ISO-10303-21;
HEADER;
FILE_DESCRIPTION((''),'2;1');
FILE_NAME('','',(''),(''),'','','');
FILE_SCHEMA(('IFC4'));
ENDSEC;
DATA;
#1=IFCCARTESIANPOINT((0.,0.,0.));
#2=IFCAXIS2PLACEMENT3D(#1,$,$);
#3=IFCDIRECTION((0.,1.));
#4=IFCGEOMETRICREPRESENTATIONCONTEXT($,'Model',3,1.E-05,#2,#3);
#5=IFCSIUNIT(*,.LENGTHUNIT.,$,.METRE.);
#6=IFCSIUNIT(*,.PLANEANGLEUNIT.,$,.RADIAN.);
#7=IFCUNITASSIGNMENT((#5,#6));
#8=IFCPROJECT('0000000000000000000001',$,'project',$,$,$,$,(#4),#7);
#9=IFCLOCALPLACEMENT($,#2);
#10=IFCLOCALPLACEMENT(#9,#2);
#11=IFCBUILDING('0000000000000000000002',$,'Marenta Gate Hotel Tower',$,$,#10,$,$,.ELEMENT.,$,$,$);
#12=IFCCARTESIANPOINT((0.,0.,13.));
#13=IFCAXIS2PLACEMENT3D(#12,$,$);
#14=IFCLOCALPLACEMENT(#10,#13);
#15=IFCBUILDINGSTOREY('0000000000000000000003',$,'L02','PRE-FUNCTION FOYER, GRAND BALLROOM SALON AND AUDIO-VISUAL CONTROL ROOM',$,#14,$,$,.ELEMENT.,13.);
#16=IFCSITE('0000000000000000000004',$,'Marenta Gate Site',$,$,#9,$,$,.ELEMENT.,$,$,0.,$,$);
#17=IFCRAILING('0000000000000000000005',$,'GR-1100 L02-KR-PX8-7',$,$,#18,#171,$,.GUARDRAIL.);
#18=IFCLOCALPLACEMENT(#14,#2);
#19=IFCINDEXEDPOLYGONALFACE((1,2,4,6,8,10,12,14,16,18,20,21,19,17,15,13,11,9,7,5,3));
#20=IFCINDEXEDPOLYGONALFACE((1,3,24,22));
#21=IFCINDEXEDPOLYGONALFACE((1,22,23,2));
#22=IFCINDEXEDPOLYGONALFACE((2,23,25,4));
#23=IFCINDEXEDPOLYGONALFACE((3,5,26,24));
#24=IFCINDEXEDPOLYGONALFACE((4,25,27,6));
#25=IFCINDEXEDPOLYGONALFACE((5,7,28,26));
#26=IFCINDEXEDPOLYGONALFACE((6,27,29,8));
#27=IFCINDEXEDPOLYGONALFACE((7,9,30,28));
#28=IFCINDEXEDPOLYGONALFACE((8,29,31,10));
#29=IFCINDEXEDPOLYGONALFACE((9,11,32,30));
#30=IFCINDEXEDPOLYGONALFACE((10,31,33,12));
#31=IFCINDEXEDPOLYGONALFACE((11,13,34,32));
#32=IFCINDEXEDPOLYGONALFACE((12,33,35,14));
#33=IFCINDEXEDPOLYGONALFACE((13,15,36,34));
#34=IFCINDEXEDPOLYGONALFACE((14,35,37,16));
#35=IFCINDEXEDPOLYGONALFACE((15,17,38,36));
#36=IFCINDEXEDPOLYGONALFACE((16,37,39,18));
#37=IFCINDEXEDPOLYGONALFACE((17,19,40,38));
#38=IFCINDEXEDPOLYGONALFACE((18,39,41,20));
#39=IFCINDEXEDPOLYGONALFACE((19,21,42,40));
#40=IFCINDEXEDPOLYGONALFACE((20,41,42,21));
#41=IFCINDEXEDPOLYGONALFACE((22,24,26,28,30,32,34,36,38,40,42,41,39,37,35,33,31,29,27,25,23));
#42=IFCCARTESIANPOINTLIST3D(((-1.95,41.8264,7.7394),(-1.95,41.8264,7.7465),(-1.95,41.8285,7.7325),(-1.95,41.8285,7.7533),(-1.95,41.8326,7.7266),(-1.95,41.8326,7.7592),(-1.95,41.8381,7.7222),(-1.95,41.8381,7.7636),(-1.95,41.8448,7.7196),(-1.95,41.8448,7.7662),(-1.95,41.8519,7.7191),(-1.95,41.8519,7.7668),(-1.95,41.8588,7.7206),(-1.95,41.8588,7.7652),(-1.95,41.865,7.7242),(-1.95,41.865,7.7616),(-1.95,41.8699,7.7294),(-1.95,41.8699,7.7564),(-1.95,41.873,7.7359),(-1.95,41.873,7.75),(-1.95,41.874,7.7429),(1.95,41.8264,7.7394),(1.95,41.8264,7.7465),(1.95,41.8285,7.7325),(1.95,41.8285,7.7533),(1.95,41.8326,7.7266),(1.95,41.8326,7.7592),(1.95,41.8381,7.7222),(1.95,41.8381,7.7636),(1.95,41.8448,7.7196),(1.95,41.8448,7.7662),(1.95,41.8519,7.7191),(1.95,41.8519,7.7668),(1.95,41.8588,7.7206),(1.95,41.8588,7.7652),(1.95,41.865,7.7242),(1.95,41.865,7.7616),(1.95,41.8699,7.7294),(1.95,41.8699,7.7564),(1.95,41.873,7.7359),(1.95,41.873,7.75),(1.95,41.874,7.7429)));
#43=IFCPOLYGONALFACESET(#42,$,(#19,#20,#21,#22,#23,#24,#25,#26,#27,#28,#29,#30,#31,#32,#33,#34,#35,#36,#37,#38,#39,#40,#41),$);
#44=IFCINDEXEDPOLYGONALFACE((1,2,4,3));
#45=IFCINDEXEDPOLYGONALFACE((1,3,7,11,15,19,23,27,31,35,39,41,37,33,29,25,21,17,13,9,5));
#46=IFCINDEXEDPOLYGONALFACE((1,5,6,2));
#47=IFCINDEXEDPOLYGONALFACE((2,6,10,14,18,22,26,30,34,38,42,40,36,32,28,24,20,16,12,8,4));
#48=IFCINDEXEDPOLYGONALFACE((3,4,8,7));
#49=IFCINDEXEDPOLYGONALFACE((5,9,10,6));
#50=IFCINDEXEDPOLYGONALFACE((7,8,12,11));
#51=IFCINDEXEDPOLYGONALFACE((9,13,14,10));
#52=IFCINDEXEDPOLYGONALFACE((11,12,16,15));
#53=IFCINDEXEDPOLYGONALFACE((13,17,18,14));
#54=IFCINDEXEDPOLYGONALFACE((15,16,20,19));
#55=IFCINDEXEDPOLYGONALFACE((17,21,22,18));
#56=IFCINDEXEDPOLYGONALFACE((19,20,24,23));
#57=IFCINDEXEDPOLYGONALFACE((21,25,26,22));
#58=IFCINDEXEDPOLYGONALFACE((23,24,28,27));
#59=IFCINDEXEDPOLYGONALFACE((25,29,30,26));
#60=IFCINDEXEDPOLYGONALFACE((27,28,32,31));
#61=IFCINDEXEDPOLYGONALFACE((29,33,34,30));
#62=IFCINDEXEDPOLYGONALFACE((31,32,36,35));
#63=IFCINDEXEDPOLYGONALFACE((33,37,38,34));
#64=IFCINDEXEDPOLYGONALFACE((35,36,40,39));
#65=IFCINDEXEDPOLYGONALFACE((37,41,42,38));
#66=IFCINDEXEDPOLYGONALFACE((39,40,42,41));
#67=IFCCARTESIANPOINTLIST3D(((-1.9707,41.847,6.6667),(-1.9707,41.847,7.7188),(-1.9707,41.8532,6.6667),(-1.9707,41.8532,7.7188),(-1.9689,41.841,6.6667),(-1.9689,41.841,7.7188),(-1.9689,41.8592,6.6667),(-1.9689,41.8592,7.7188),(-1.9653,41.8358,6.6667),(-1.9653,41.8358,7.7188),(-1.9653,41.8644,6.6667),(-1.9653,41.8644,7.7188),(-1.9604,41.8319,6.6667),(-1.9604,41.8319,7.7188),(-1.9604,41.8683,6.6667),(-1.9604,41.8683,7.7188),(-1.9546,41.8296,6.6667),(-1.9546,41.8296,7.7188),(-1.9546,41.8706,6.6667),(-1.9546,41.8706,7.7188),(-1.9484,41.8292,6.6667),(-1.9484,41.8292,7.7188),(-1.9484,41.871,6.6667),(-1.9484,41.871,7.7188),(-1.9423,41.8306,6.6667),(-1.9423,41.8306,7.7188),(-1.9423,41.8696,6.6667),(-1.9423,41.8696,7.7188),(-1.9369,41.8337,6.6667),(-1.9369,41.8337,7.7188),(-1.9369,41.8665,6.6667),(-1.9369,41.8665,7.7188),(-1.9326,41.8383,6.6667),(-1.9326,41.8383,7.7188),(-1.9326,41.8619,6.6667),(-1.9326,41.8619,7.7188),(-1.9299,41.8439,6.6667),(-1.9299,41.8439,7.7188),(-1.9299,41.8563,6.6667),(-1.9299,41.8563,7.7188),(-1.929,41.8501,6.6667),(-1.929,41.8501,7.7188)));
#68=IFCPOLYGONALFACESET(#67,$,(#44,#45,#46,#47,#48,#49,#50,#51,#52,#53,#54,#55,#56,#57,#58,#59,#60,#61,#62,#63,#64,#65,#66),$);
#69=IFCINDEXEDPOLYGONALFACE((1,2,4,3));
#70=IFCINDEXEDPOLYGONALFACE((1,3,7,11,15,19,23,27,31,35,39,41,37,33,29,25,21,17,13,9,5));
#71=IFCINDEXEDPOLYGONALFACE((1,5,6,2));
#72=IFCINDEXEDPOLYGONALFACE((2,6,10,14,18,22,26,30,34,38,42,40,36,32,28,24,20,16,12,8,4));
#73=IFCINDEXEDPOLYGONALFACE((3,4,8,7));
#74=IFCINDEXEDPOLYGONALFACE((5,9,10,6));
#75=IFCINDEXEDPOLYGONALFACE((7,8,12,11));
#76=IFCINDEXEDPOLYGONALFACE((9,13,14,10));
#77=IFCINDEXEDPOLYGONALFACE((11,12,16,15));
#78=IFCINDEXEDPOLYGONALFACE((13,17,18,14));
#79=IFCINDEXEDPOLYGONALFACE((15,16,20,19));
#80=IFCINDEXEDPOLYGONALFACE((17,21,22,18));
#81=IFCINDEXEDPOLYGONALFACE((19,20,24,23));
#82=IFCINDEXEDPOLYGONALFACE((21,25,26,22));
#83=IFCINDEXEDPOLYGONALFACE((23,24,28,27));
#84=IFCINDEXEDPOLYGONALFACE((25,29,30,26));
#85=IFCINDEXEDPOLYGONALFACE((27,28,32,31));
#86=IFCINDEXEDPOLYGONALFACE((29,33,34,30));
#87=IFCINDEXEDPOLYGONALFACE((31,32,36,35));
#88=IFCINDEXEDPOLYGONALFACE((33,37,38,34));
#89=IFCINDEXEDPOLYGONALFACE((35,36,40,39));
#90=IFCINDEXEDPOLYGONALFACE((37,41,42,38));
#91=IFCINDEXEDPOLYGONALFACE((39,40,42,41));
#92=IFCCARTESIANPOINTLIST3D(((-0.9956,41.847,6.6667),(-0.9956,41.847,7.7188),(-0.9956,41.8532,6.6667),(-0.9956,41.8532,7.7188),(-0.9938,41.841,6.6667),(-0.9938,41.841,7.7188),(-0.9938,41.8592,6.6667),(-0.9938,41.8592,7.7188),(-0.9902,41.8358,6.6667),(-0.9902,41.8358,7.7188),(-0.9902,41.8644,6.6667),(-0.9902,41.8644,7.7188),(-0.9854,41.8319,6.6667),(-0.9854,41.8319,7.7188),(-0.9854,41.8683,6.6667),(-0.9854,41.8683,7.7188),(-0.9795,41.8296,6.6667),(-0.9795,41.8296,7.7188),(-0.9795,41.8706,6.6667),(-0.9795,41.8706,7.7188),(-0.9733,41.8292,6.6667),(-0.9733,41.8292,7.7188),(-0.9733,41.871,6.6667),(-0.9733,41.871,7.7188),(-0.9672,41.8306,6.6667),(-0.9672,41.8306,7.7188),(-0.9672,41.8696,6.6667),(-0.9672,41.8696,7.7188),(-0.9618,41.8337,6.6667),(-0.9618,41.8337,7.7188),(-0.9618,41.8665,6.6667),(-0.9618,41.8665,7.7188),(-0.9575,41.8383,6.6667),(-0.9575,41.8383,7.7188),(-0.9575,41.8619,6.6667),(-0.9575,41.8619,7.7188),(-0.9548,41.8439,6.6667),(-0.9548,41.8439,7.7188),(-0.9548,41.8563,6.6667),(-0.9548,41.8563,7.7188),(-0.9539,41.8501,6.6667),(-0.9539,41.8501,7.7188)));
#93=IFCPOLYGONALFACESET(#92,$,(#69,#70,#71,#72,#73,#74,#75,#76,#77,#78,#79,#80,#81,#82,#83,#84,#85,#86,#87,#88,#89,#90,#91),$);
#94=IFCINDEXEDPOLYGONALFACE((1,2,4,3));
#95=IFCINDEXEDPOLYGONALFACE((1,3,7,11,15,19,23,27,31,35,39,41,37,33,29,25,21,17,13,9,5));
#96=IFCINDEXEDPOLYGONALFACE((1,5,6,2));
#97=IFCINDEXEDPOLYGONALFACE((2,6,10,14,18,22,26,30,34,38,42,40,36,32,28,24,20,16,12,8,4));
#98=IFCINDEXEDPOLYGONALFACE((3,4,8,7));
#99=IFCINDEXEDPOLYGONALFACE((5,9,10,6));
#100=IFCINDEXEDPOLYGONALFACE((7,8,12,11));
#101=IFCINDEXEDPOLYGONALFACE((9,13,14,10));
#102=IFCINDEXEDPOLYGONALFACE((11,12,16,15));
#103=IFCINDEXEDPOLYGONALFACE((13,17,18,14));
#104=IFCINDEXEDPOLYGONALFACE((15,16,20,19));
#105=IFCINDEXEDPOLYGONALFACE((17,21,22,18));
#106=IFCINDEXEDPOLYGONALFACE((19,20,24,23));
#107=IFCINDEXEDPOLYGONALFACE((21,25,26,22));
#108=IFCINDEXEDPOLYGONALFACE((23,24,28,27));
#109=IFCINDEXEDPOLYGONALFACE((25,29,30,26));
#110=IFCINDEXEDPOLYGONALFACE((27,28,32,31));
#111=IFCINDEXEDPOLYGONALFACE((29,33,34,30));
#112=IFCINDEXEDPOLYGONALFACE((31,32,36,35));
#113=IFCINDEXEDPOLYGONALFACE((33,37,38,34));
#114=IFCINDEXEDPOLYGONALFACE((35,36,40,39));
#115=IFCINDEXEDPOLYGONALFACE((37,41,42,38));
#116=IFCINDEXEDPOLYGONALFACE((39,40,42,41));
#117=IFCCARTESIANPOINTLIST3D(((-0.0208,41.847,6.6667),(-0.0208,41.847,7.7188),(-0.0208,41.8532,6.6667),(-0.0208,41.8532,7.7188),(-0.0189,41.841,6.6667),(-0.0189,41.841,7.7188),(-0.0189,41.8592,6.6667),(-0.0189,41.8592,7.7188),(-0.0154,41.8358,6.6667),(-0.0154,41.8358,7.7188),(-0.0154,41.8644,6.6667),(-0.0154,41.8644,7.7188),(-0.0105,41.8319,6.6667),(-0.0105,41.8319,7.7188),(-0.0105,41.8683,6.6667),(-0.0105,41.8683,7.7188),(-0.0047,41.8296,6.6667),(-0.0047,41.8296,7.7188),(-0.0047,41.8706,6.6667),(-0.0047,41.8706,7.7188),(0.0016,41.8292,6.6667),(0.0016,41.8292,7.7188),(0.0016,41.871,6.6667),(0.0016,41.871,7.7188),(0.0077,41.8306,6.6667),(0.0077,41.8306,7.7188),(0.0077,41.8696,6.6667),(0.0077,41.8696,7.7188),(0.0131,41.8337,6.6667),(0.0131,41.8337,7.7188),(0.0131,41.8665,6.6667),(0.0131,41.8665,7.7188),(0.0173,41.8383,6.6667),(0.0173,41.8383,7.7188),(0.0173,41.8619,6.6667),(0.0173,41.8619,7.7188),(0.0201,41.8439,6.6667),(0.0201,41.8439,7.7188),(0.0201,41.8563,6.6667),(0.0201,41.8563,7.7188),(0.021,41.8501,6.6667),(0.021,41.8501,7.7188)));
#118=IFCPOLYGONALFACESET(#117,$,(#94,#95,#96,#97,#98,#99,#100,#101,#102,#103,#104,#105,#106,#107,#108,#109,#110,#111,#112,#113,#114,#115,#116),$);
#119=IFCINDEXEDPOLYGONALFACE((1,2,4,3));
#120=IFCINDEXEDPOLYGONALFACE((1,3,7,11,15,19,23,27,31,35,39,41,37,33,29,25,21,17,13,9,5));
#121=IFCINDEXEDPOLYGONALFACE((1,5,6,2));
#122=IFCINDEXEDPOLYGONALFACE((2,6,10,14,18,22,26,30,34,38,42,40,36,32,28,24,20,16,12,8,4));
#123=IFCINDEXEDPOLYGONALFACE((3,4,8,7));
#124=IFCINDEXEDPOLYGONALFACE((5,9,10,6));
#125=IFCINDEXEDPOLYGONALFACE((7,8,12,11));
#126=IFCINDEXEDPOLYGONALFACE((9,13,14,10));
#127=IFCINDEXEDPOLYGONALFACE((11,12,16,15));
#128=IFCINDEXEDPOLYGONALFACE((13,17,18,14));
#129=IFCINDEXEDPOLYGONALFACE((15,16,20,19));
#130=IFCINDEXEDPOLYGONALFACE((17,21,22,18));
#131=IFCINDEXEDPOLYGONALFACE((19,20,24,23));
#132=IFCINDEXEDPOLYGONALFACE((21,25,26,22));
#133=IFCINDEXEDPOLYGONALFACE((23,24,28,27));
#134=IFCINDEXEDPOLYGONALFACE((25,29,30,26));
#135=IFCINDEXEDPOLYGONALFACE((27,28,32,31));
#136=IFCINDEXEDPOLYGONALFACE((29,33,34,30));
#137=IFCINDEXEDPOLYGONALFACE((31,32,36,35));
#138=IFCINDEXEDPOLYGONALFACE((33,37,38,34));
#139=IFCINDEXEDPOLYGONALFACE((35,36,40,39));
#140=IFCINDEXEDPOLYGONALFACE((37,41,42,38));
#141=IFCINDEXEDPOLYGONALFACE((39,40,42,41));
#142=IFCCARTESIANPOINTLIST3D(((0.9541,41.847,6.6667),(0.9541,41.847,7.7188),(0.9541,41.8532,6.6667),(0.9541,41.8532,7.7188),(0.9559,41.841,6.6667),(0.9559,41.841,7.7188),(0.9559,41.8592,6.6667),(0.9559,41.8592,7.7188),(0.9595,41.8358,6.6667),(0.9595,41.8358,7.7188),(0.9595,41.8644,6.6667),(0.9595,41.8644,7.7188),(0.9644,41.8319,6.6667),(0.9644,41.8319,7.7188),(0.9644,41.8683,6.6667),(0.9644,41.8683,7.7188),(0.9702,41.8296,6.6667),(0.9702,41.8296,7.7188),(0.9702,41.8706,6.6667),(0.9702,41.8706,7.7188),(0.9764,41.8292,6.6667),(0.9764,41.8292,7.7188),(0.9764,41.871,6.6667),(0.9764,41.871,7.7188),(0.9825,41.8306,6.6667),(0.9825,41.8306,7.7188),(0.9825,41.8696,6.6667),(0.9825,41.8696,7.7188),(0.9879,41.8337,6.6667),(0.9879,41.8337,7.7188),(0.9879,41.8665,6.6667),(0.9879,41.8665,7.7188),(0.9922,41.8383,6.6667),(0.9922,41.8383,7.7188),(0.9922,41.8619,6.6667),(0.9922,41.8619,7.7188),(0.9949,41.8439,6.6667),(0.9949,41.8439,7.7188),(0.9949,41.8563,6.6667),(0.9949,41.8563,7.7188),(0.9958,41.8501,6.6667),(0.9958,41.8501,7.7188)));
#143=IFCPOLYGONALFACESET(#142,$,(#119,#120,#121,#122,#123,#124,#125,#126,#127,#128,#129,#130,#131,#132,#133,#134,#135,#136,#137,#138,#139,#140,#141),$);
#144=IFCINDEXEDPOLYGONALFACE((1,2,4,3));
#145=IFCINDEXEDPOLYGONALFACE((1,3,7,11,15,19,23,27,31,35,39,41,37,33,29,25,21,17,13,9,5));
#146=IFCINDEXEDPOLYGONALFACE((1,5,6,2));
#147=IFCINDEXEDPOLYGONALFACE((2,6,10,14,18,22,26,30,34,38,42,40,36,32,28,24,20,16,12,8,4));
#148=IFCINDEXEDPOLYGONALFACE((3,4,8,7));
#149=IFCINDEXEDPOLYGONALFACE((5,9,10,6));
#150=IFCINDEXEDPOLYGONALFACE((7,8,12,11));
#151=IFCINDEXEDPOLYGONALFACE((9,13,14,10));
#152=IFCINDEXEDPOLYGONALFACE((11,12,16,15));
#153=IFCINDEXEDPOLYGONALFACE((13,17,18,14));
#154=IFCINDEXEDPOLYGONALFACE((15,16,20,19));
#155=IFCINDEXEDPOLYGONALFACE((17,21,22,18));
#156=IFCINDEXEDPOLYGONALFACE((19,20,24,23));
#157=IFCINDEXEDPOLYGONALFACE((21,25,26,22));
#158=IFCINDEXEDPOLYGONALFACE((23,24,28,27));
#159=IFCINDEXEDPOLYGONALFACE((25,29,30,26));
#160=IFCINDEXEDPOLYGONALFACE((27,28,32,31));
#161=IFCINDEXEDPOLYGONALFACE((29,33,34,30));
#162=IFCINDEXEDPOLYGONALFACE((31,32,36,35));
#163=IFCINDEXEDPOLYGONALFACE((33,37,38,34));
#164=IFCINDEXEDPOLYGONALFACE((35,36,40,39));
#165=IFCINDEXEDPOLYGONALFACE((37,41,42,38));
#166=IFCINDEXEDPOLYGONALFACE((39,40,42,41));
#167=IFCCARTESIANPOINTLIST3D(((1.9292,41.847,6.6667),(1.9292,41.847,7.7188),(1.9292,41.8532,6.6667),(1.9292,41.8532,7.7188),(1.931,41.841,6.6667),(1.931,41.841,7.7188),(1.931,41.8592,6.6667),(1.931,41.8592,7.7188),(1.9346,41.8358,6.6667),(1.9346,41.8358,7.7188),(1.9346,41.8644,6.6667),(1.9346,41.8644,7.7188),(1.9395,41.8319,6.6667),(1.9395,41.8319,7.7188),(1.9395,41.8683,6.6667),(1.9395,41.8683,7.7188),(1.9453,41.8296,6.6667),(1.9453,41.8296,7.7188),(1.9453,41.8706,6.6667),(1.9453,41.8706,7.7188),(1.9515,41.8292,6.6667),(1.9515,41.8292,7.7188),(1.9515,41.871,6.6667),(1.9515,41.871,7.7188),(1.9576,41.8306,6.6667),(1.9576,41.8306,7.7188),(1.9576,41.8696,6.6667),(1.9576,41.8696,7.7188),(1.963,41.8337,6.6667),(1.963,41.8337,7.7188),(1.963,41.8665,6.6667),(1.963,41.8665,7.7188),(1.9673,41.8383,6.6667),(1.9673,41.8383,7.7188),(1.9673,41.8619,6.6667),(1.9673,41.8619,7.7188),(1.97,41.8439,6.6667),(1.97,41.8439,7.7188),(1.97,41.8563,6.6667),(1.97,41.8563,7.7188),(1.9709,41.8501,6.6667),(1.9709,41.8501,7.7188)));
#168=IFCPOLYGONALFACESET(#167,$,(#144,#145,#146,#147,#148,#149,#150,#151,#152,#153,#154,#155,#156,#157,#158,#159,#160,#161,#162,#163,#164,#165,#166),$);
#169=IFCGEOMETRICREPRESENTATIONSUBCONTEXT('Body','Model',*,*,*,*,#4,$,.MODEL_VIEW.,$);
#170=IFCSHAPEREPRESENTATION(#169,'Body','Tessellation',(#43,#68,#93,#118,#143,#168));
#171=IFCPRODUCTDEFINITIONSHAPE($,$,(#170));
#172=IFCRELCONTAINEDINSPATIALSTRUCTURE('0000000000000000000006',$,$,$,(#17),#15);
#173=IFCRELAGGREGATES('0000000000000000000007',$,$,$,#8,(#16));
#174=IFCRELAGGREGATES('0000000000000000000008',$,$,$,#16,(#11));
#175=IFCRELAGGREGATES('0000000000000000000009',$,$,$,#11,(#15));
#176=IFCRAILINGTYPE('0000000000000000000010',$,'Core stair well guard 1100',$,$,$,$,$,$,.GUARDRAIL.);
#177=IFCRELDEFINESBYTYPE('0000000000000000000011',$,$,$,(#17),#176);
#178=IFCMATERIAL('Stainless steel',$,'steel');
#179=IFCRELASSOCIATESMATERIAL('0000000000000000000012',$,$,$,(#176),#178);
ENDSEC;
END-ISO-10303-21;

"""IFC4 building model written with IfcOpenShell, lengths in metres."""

from ifc_helpers import new_model, si_unit, direction, frame, origin, origin_2d, place, context, subcontext, project, spatial, circle, extrude, material, type_object, element, save


model = new_model("IFC4")

# Units and contexts
model_context = context("Model", 3, precision=1e-05, world=origin(), true_north=direction((0.0, 1.0)))
body_context = subcontext(model_context, "Body", "Model", "MODEL_VIEW")
ifc_project = project(units=[si_unit("LENGTHUNIT", "METRE"), si_unit("PLANEANGLEUNIT", "RADIAN")], contexts=[model_context])

# Site, building, storey
site_placement = place(None, origin())
site = spatial("IfcSite", under=ifc_project, at=site_placement, Name="Marenta Gate Site", CompositionType="ELEMENT", RefElevation=0.0)
building_placement = place(site_placement, origin())
building = spatial("IfcBuilding", under=site, at=building_placement, Name="Marenta Gate Hotel Tower", CompositionType="ELEMENT")
storey_placement = place(building_placement, frame((0.0, 0.0, 13.0)))
storey = spatial("IfcBuildingStorey", under=building, at=storey_placement, Name="L02", Description="PRE-FUNCTION FOYER, GRAND BALLROOM SALON AND AUDIO-VISUAL CONTROL ROOM", CompositionType="ELEMENT", Elevation=13.0)

# Railing
ifc_material_1 = material(Name="Stainless steel", Category="steel")
railing_type_1 = type_object("IfcRailingType", Name="Core stair well guard 1100", PredefinedType="GUARDRAIL", material=ifc_material_1)
for number, where, name in (
    (1, (-1.95, 41.8501, 6.6667), "GR-1100 L02-KR-PX8-7"),
):
    element("IfcRailing", number, at=place(storey_placement, frame(where)), inside=storey, type_object=railing_type_1, Name=name, PredefinedType="GUARDRAIL", context=body_context, shape_type="SweptSolid", body=[
        extrude(circle(Radius=0.0239, at=origin_2d()), frame((0.0, 0.0, 1.0762), z_axis=(1.0, 0.0, 0.0), x_axis=(0.0, 1.0, 0.0)), (0.0, 0.0, 1.0), 3.8999),
        extrude(circle(Radius=0.021, at=origin_2d()), origin(), (0.0, 0.0, 1.0), 1.052),
        extrude(circle(Radius=0.021, at=origin_2d()), frame((0.9751, 0.0, 0.0)), (0.0, 0.0, 1.0), 1.052),
        extrude(circle(Radius=0.021, at=origin_2d()), frame((1.95, 0.0, 0.0)), (0.0, 0.0, 1.0), 1.052),
        extrude(circle(Radius=0.021, at=origin_2d()), frame((2.9248, 0.0, 0.0)), (0.0, 0.0, 1.0), 1.052),
        extrude(circle(Radius=0.021, at=origin_2d()), frame((3.8999, 0.0, 0.0)), (0.0, 0.0, 1.0), 1.052),
    ])

save(model, "model.ifc")
